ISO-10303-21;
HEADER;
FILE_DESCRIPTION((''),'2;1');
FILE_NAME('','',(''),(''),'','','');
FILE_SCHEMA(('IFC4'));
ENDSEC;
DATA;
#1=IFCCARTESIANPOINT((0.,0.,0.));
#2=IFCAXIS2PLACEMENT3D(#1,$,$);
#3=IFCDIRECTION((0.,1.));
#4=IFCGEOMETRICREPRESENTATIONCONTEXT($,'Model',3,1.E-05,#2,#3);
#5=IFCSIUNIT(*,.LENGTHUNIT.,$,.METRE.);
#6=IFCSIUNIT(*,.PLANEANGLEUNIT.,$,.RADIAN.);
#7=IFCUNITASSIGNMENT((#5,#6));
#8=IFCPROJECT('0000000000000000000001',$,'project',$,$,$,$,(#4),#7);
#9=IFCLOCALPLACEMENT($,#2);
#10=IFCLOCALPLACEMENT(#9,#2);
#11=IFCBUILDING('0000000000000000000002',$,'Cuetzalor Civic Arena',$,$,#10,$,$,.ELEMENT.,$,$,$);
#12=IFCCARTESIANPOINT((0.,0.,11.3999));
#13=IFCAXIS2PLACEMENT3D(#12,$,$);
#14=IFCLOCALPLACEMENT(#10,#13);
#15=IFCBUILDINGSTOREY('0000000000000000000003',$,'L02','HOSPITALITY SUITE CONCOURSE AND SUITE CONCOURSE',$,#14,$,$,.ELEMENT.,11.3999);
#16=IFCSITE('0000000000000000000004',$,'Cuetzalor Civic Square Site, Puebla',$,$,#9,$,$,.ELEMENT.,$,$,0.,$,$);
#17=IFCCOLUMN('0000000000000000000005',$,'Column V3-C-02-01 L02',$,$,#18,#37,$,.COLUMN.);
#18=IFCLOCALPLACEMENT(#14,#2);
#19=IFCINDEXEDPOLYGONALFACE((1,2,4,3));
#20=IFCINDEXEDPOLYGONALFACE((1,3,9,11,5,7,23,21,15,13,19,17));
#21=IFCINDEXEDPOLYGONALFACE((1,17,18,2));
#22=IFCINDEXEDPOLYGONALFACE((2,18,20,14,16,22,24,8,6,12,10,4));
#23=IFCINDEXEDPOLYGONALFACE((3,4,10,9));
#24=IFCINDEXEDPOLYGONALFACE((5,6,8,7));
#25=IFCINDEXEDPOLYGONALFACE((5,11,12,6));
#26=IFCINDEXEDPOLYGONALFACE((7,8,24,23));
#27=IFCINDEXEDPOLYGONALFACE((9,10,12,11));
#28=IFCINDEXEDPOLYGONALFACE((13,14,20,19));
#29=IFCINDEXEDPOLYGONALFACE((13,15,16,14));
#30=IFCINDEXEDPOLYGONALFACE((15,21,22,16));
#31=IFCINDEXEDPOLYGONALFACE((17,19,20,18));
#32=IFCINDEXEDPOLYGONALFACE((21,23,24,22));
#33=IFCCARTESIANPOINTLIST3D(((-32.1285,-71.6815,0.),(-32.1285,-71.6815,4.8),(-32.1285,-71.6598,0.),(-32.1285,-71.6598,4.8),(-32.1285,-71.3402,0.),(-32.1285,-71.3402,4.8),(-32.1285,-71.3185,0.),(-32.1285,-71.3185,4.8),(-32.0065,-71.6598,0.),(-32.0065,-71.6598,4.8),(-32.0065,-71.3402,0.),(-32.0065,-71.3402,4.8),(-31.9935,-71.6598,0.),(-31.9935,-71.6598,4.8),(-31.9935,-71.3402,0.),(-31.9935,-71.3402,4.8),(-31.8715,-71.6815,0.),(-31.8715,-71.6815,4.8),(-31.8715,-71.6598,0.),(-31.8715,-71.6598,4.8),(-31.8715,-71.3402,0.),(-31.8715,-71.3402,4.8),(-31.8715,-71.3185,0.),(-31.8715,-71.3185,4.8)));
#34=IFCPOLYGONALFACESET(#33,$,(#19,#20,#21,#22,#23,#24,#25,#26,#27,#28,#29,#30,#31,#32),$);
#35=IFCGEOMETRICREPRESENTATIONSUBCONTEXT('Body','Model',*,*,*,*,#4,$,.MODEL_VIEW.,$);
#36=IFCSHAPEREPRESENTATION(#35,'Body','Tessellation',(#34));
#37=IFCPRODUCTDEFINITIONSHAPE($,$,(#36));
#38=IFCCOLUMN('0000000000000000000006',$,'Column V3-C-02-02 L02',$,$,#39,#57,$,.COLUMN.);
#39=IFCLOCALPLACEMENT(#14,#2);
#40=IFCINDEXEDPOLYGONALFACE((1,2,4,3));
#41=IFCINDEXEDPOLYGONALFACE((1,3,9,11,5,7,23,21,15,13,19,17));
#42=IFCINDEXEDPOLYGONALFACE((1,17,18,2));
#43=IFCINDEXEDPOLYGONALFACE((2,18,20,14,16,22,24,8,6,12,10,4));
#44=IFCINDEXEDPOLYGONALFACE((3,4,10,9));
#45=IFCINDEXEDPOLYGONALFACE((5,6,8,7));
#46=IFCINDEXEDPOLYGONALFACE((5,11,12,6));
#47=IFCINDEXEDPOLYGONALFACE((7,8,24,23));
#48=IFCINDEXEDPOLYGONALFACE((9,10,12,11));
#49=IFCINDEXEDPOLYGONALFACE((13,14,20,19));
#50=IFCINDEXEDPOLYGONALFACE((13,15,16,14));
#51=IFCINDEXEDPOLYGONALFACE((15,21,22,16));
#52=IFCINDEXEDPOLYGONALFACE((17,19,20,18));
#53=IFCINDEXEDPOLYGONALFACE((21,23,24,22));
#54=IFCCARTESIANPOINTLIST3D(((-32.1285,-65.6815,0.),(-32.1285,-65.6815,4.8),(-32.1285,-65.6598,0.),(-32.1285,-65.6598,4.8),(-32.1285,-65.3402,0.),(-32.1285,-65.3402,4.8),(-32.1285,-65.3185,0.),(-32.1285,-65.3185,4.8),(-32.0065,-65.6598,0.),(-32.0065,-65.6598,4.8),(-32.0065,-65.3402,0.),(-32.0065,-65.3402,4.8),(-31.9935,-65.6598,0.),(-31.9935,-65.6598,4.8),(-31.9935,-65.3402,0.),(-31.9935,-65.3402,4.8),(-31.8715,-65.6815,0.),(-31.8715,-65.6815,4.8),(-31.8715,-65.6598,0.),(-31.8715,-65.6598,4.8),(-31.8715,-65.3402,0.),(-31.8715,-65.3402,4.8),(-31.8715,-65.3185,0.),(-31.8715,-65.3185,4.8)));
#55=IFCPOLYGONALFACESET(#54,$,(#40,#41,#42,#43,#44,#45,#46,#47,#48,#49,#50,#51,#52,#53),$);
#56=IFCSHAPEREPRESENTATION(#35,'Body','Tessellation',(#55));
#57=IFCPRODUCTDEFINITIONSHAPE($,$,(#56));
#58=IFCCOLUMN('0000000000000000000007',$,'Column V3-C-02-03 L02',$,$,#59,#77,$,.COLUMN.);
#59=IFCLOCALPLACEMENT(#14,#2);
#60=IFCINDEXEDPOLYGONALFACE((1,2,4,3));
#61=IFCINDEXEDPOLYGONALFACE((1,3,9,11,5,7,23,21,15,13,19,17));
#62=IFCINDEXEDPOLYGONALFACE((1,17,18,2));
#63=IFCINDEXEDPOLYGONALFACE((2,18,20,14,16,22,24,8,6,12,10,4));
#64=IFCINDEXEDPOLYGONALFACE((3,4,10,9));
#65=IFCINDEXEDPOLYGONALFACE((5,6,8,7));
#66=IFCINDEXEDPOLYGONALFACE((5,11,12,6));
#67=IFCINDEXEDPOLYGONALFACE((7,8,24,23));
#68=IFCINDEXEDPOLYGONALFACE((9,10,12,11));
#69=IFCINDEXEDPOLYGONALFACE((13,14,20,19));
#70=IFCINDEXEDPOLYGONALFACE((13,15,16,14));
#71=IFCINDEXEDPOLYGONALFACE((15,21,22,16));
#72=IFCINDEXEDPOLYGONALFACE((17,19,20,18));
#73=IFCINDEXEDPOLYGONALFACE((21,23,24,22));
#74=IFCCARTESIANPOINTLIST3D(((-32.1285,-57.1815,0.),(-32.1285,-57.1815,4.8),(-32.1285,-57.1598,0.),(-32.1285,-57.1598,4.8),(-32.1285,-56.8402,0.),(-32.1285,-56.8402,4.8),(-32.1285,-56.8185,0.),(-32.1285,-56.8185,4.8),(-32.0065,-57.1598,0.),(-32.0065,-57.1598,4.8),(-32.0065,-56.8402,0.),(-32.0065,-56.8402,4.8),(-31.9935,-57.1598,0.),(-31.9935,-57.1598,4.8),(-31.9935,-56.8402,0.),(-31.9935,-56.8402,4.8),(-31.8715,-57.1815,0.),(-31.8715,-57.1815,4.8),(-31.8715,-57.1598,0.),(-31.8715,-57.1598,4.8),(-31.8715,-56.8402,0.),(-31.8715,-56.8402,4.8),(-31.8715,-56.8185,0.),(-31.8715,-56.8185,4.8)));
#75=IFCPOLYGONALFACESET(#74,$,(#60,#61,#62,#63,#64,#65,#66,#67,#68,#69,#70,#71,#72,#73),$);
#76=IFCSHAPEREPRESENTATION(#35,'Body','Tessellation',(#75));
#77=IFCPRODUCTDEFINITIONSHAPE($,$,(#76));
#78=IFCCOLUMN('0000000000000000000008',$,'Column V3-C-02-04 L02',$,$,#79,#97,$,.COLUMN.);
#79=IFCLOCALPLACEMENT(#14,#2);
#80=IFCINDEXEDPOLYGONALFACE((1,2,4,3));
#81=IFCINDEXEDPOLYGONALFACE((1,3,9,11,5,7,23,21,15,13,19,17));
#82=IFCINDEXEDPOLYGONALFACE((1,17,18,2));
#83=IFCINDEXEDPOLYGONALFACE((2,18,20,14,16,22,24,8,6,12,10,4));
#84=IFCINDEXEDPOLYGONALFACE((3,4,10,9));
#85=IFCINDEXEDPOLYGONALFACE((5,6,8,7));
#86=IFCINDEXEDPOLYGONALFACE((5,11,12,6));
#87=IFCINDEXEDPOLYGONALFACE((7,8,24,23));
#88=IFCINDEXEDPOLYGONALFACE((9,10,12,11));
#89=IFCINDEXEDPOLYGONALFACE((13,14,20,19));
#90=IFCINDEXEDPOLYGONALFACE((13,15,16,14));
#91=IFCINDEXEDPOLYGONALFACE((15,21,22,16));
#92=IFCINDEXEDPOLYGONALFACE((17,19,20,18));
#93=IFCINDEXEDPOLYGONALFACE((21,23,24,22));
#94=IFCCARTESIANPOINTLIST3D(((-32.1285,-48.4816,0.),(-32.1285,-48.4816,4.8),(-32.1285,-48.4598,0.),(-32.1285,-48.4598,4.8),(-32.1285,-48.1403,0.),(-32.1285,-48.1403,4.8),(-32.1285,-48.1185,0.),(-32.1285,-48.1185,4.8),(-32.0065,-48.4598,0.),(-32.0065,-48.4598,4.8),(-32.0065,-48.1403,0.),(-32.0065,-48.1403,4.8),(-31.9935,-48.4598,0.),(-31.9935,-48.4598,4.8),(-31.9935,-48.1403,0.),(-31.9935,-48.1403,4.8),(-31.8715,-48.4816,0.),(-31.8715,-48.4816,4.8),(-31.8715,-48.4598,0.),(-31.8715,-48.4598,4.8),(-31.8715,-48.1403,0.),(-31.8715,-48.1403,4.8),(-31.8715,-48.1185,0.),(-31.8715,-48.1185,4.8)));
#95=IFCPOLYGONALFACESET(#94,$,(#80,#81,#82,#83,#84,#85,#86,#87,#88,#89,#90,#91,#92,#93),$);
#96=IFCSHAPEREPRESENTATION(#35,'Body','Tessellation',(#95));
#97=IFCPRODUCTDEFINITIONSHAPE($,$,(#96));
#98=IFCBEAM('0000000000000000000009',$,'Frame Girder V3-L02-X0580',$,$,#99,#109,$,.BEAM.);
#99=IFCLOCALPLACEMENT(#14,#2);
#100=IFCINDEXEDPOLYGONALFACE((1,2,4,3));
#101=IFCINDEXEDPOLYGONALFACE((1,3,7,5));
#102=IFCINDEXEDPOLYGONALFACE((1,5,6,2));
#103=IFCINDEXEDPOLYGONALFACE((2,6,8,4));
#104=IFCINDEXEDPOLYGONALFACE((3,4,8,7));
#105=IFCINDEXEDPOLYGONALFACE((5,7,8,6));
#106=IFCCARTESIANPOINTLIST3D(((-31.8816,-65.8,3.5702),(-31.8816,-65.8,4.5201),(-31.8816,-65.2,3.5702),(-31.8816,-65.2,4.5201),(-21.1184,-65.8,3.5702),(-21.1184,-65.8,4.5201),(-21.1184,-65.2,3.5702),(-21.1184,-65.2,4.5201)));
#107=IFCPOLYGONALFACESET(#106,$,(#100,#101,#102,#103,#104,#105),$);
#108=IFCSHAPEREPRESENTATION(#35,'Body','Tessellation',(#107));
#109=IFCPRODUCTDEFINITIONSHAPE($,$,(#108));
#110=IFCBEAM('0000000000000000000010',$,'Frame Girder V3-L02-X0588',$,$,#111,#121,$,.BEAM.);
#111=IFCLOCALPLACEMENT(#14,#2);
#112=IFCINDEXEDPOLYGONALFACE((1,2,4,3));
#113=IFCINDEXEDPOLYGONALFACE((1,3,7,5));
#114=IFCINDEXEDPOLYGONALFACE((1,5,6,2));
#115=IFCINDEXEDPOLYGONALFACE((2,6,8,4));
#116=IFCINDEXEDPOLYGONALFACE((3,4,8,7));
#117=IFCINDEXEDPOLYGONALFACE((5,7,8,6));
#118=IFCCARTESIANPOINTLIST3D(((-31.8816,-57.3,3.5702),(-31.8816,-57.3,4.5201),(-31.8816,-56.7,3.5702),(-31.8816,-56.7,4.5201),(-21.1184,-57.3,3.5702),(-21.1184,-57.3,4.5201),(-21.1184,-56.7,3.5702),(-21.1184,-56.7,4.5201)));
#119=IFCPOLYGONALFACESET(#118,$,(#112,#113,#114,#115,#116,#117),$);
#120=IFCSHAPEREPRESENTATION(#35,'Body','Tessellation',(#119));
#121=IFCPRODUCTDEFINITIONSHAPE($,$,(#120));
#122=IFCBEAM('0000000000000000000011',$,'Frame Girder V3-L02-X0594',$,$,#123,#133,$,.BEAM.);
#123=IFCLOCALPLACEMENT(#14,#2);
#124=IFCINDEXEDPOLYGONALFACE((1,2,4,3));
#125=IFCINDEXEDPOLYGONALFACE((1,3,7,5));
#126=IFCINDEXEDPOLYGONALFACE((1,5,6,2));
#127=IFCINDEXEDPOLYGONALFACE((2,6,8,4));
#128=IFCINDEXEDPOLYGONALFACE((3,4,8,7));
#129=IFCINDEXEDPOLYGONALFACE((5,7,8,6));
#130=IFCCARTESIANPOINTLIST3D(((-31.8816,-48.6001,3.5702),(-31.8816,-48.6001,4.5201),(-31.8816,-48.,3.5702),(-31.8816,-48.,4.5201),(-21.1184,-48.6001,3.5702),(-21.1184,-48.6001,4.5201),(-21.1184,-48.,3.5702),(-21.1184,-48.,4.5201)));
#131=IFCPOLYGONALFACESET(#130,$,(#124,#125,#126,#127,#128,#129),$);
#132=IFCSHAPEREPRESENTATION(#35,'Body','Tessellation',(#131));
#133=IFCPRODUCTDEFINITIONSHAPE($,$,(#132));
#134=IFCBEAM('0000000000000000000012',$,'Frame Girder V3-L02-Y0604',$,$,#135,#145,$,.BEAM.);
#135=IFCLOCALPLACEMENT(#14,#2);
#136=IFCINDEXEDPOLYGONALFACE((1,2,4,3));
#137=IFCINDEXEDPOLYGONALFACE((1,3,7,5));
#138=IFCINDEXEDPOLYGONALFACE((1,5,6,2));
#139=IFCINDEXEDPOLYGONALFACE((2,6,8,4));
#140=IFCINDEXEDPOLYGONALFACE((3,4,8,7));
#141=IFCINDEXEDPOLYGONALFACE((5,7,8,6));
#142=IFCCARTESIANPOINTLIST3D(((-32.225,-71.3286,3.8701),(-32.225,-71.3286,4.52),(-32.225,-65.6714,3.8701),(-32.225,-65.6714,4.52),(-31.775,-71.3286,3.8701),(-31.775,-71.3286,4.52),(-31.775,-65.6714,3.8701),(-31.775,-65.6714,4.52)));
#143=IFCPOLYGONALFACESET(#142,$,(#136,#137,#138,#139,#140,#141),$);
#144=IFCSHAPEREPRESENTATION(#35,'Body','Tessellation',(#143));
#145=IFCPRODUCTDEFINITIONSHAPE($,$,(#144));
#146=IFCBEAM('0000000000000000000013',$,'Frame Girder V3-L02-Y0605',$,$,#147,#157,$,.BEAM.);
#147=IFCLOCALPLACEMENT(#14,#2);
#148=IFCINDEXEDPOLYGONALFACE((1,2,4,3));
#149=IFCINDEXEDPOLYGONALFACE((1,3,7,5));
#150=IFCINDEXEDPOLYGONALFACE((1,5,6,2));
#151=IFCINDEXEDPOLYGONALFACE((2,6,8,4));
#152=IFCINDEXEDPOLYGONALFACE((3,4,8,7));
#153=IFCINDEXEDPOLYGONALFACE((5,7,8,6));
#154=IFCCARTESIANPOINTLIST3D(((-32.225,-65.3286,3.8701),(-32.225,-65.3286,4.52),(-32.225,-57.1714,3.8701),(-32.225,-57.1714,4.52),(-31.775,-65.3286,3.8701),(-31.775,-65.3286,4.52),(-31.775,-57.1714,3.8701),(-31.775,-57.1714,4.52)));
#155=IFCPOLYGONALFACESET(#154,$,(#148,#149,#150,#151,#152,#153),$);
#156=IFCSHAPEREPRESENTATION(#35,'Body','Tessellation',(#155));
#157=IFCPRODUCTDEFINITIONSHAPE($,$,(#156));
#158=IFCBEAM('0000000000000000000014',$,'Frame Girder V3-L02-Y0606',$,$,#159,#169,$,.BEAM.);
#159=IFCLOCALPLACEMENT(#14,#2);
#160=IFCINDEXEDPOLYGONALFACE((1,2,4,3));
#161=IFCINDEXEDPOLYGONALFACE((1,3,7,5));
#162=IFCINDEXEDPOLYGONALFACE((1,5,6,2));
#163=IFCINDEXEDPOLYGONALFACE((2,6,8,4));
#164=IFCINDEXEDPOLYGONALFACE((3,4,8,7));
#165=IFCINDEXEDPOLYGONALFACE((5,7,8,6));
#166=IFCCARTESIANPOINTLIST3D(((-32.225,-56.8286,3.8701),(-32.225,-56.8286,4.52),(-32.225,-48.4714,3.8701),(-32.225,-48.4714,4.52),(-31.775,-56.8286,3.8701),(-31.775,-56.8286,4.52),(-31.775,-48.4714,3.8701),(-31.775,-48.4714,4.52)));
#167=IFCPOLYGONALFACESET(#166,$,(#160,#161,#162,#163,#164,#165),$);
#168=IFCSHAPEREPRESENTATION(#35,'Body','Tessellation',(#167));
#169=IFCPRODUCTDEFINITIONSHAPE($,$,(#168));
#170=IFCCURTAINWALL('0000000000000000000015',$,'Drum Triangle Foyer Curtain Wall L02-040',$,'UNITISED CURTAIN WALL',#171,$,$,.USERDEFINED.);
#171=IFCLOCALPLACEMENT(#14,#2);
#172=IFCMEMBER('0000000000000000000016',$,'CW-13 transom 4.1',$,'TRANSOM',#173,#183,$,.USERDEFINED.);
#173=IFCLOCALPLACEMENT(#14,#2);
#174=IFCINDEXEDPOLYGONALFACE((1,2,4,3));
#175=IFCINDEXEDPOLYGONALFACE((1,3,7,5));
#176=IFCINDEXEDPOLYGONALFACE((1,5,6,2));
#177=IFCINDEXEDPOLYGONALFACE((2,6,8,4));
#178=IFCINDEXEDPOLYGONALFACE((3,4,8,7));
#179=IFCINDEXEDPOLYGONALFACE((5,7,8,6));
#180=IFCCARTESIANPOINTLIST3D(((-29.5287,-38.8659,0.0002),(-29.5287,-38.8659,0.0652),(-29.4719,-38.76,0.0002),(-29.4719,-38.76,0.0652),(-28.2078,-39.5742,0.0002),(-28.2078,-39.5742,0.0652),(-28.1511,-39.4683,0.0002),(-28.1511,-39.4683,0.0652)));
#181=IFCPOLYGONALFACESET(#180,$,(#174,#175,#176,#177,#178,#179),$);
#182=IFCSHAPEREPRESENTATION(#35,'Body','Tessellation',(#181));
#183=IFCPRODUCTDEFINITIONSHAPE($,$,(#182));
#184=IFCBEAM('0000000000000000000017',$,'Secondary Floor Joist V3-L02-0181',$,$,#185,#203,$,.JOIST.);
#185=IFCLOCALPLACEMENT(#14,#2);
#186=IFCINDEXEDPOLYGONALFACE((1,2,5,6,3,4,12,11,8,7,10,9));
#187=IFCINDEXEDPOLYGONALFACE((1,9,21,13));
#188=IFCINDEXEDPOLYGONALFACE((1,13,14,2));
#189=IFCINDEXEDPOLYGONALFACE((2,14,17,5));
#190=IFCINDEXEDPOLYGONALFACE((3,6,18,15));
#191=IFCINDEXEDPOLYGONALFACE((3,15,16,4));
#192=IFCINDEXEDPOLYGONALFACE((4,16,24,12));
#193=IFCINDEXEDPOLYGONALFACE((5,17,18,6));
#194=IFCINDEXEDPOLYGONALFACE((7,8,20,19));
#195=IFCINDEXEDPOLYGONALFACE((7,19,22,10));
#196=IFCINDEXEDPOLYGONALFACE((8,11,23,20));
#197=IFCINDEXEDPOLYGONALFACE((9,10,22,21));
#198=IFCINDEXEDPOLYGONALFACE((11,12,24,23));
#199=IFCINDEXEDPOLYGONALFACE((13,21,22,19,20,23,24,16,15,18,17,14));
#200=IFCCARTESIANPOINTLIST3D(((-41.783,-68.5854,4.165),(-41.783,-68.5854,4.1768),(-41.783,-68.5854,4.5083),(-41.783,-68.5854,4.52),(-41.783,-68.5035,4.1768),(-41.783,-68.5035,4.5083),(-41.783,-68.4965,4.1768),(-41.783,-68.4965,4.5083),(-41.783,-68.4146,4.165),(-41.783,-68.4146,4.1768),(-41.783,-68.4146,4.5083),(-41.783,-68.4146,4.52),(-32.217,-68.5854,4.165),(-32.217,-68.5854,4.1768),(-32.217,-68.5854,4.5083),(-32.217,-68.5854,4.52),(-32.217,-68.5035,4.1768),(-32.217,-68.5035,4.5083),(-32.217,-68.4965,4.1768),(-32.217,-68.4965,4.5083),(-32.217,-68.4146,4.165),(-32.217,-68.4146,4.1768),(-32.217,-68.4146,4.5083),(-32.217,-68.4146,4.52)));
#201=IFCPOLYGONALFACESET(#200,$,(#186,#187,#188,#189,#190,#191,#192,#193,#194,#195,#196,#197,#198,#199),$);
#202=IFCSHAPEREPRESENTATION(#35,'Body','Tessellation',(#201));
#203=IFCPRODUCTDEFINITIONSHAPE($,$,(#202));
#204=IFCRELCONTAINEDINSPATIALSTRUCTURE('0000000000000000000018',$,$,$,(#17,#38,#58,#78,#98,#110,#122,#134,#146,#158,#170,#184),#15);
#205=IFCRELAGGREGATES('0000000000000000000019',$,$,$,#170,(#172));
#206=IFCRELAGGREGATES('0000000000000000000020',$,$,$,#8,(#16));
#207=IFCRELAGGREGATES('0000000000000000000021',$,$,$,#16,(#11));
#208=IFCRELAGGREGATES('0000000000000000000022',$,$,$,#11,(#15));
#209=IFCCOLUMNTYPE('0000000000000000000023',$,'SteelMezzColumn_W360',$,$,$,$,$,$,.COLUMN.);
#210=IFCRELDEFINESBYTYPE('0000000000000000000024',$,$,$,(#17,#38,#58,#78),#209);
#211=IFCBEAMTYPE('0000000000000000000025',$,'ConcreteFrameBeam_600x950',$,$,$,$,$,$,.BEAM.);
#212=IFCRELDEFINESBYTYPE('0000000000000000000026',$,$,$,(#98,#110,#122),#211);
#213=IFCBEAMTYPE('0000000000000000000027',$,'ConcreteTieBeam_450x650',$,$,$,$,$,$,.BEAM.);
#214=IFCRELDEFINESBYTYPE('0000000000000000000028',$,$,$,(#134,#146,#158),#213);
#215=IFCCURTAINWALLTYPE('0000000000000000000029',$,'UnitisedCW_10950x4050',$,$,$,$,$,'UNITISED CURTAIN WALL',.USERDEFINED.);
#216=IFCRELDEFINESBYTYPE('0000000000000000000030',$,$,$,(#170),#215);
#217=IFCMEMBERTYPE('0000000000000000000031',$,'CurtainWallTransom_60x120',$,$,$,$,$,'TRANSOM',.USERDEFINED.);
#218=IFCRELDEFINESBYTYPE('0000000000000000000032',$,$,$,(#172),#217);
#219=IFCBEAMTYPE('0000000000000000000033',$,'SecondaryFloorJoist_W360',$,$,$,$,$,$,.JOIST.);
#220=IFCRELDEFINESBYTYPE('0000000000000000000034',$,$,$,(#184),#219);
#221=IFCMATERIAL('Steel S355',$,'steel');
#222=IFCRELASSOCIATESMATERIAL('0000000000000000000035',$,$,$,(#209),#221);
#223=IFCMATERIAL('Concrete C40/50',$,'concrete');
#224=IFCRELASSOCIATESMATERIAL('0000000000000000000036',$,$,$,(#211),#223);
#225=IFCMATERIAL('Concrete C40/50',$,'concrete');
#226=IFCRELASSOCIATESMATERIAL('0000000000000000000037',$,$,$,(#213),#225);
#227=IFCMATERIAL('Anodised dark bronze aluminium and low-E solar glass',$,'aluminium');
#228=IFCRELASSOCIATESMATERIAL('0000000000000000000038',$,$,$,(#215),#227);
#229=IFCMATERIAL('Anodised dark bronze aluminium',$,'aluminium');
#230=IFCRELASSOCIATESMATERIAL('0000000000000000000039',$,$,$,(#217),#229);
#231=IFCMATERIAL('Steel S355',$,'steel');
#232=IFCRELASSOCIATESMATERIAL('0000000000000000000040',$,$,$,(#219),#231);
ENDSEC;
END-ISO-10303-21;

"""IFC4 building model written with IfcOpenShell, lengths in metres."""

from ifc_helpers import new_model, si_unit, direction, frame, origin, origin_2d, place, context, subcontext, project, spatial, rectangle, i_section, extrude, material, material_profile, profile_set, type_object, element, aggregate, save


model = new_model("IFC4")

# Units and contexts
model_context = context("Model", 3, precision=1e-05, world=origin(), true_north=direction((0.0, 1.0)))
body_context = subcontext(model_context, "Body", "Model", "MODEL_VIEW")
ifc_project = project(units=[si_unit("LENGTHUNIT", "METRE"), si_unit("PLANEANGLEUNIT", "RADIAN")], contexts=[model_context])

# Site, building, storey
site_placement = place(None, origin())
site = spatial("IfcSite", under=ifc_project, at=site_placement, Name="Cuetzalor Civic Square Site, Puebla", CompositionType="ELEMENT", RefElevation=0.0)
building_placement = place(site_placement, origin())
building = spatial("IfcBuilding", under=site, at=building_placement, Name="Cuetzalor Civic Arena", CompositionType="ELEMENT")
storey_placement = place(building_placement, frame((0.0, 0.0, 11.3999)))
storey = spatial("IfcBuildingStorey", under=building, at=storey_placement, Name="L02", Description="HOSPITALITY SUITE CONCOURSE AND SUITE CONCOURSE", CompositionType="ELEMENT", Elevation=11.3999)

# Columns
ifc_material_1 = material(Name="Steel S355", Category="steel")
ifc_material_profile_1 = material_profile(ifc_material_1, i_section(OverallWidth=0.2571, OverallDepth=0.363, WebThickness=0.0129, FlangeThickness=0.0217, at=origin_2d()), Name="W360x122")
ifc_profile_set_1 = profile_set([ifc_material_profile_1], Name="Steel S355")
column_type = type_object("IfcColumnType", Name="SteelMezzColumn_W360", PredefinedType="COLUMN", material=ifc_profile_set_1)
for number, where, z_axis, x_axis, name in (
    (1, (-32.0, -71.5, 0.0), (0.0, 0.0, 1.0), (1.0, 0.0, 0.0), "Column V3-C-02-01 L02"),
    (2, (-32.0, -65.5, 0.0), (0.0, 0.0, 1.0), (1.0, 0.0, 0.0), "Column V3-C-02-02 L02"),
    (3, (-32.0, -57.0, 0.0), (0.0, 0.0, 1.0), (1.0, 0.0, 0.0), "Column V3-C-02-03 L02"),
    (4, (-32.0, -48.3, 0.0), (0.0, 0.0, 1.0), (1.0, 0.0, 0.0), "Column V3-C-02-04 L02"),
):
    element("IfcColumn", number, at=place(storey_placement, frame(where, z_axis=z_axis, x_axis=x_axis)), inside=storey, type_object=column_type, Name=name, PredefinedType="COLUMN", context=body_context, shape_type="SweptSolid", body=[
        extrude(i_section(OverallWidth=0.2571, OverallDepth=0.363, WebThickness=0.0129, FlangeThickness=0.0217, at=origin_2d()), origin(), (0.0, 0.0, 1.0), 4.8),
    ])

# Beams
ifc_material_2 = material(Name="Concrete C40/50", Category="concrete")
ifc_material_profile_2 = material_profile(ifc_material_2, rectangle(XDim=0.6001, YDim=0.95, at=origin_2d()), Name="RC 600x950")
ifc_profile_set_2 = profile_set([ifc_material_profile_2], Name="Concrete C40/50")
beam_type_1 = type_object("IfcBeamType", Name="ConcreteFrameBeam_600x950", PredefinedType="BEAM", material=ifc_profile_set_2)
for number, where, z_axis, x_axis, name in (
    (5, (-31.8816, -65.5, 4.0452), (1.0, 0.0, 0.0), (0.0, 1.0, 0.0), "Frame Girder V3-L02-X0580"),
    (6, (-31.8816, -57.0, 4.0452), (1.0, 0.0, 0.0), (0.0, 1.0, 0.0), "Frame Girder V3-L02-X0588"),
    (7, (-31.8816, -48.3, 4.0452), (1.0, 0.0, 0.0), (0.0, 1.0, 0.0), "Frame Girder V3-L02-X0594"),
):
    element("IfcBeam", number, at=place(storey_placement, frame(where, z_axis=z_axis, x_axis=x_axis)), inside=storey, type_object=beam_type_1, Name=name, PredefinedType="BEAM", context=body_context, shape_type="SweptSolid", body=[
        extrude(rectangle(XDim=0.6001, YDim=0.95, at=origin_2d()), origin(), (0.0, 0.0, 1.0), 10.7632),
    ])
ifc_material_3 = material(Name="Concrete C40/50", Category="concrete")
ifc_material_profile_3 = material_profile(ifc_material_3, rectangle(XDim=0.45, YDim=0.6499, at=origin_2d()), Name="RC 450x650")
ifc_profile_set_3 = profile_set([ifc_material_profile_3], Name="Concrete C40/50")
beam_type_2 = type_object("IfcBeamType", Name="ConcreteTieBeam_450x650", PredefinedType="BEAM", material=ifc_profile_set_3)
beam_1_placement = place(storey_placement, frame((-32.0, -71.3286, 4.1951), z_axis=(0.0, 1.0, 0.0), x_axis=(-1.0, 0.0, 0.0)))
element("IfcBeam", 8, at=beam_1_placement, inside=storey, type_object=beam_type_2, Name="Frame Girder V3-L02-Y0604", PredefinedType="BEAM", context=body_context, shape_type="SweptSolid", body=[
    extrude(rectangle(XDim=0.45, YDim=0.6499, at=origin_2d()), origin(), (0.0, 0.0, 1.0), 5.6572),
])
beam_2_placement = place(storey_placement, frame((-32.0, -65.3286, 4.1951), z_axis=(0.0, 1.0, 0.0), x_axis=(-1.0, 0.0, 0.0)))
element("IfcBeam", 9, at=beam_2_placement, inside=storey, type_object=beam_type_2, Name="Frame Girder V3-L02-Y0605", PredefinedType="BEAM", context=body_context, shape_type="SweptSolid", body=[
    extrude(rectangle(XDim=0.45, YDim=0.6499, at=origin_2d()), origin(), (0.0, 0.0, 1.0), 8.1572),
])
beam_3_placement = place(storey_placement, frame((-32.0, -56.8286, 4.1951), z_axis=(0.0, 1.0, 0.0), x_axis=(-1.0, 0.0, 0.0)))
element("IfcBeam", 10, at=beam_3_placement, inside=storey, type_object=beam_type_2, Name="Frame Girder V3-L02-Y0606", PredefinedType="BEAM", context=body_context, shape_type="SweptSolid", body=[
    extrude(rectangle(XDim=0.45, YDim=0.6499, at=origin_2d()), origin(), (0.0, 0.0, 1.0), 8.3572),
])

# Curtain wall, member
ifc_material_4 = material(Name="Anodised dark bronze aluminium and low-E solar glass", Category="aluminium")
curtain_wall_type = type_object("IfcCurtainWallType", Name="UnitisedCW_10950x4050", ElementType="UNITISED CURTAIN WALL", PredefinedType="USERDEFINED", material=ifc_material_4)
curtain_wall_placement = place(storey_placement, origin())
curtain_wall = element("IfcCurtainWall", 11, at=curtain_wall_placement, inside=storey, type_object=curtain_wall_type, Name="Drum Triangle Foyer Curtain Wall L02-040", ObjectType="UNITISED CURTAIN WALL", PredefinedType="USERDEFINED")
ifc_material_5 = material(Name="Anodised dark bronze aluminium", Category="aluminium")
ifc_material_profile_4 = material_profile(ifc_material_5, rectangle(XDim=0.1201, YDim=0.0649, at=origin_2d()), Name="ALU TRANSOM 65x120")
ifc_profile_set_4 = profile_set([ifc_material_profile_4], Name="Anodised dark bronze aluminium")
member_type = type_object("IfcMemberType", Name="CurtainWallTransom_60x120", ElementType="TRANSOM", PredefinedType="USERDEFINED", material=ifc_profile_set_4)
member_placement = place(storey_placement, frame((-28.1794, -39.5212, 0.0327), z_axis=(-0.881291, 0.472574, 0.0), x_axis=(-0.472574, -0.881291, 0.0)))
member = element("IfcMember", 12, at=member_placement, type_object=member_type, Name="CW-13 transom 4.1", ObjectType="TRANSOM", PredefinedType="USERDEFINED", context=body_context, shape_type="SweptSolid", body=[
    extrude(rectangle(XDim=0.1201, YDim=0.0649, at=origin_2d()), origin(), (0.0, 0.0, 1.0), 1.4988),
])
aggregate(curtain_wall, [member])

# Beam
ifc_material_6 = material(Name="Steel S355", Category="steel")
ifc_material_profile_5 = material_profile(ifc_material_6, i_section(OverallWidth=0.1709, OverallDepth=0.355, WebThickness=0.0071, FlangeThickness=0.0117, at=origin_2d()), Name="W360x51")
ifc_profile_set_5 = profile_set([ifc_material_profile_5], Name="Steel S355")
beam_type_3 = type_object("IfcBeamType", Name="SecondaryFloorJoist_W360", PredefinedType="JOIST", material=ifc_profile_set_5)
for number, where, z_axis, x_axis, name in (
    (13, (-41.783, -68.5, 4.3425), (1.0, 0.0, 0.0), (0.0, 1.0, 0.0), "Secondary Floor Joist V3-L02-0181"),
):
    element("IfcBeam", number, at=place(storey_placement, frame(where, z_axis=z_axis, x_axis=x_axis)), inside=storey, type_object=beam_type_3, Name=name, PredefinedType="JOIST", context=body_context, shape_type="SweptSolid", body=[
        extrude(i_section(OverallWidth=0.1709, OverallDepth=0.355, WebThickness=0.0071, FlangeThickness=0.0117, at=origin_2d()), origin(), (0.0, 0.0, 1.0), 9.5659),
    ])

save(model, "model.ifc")
